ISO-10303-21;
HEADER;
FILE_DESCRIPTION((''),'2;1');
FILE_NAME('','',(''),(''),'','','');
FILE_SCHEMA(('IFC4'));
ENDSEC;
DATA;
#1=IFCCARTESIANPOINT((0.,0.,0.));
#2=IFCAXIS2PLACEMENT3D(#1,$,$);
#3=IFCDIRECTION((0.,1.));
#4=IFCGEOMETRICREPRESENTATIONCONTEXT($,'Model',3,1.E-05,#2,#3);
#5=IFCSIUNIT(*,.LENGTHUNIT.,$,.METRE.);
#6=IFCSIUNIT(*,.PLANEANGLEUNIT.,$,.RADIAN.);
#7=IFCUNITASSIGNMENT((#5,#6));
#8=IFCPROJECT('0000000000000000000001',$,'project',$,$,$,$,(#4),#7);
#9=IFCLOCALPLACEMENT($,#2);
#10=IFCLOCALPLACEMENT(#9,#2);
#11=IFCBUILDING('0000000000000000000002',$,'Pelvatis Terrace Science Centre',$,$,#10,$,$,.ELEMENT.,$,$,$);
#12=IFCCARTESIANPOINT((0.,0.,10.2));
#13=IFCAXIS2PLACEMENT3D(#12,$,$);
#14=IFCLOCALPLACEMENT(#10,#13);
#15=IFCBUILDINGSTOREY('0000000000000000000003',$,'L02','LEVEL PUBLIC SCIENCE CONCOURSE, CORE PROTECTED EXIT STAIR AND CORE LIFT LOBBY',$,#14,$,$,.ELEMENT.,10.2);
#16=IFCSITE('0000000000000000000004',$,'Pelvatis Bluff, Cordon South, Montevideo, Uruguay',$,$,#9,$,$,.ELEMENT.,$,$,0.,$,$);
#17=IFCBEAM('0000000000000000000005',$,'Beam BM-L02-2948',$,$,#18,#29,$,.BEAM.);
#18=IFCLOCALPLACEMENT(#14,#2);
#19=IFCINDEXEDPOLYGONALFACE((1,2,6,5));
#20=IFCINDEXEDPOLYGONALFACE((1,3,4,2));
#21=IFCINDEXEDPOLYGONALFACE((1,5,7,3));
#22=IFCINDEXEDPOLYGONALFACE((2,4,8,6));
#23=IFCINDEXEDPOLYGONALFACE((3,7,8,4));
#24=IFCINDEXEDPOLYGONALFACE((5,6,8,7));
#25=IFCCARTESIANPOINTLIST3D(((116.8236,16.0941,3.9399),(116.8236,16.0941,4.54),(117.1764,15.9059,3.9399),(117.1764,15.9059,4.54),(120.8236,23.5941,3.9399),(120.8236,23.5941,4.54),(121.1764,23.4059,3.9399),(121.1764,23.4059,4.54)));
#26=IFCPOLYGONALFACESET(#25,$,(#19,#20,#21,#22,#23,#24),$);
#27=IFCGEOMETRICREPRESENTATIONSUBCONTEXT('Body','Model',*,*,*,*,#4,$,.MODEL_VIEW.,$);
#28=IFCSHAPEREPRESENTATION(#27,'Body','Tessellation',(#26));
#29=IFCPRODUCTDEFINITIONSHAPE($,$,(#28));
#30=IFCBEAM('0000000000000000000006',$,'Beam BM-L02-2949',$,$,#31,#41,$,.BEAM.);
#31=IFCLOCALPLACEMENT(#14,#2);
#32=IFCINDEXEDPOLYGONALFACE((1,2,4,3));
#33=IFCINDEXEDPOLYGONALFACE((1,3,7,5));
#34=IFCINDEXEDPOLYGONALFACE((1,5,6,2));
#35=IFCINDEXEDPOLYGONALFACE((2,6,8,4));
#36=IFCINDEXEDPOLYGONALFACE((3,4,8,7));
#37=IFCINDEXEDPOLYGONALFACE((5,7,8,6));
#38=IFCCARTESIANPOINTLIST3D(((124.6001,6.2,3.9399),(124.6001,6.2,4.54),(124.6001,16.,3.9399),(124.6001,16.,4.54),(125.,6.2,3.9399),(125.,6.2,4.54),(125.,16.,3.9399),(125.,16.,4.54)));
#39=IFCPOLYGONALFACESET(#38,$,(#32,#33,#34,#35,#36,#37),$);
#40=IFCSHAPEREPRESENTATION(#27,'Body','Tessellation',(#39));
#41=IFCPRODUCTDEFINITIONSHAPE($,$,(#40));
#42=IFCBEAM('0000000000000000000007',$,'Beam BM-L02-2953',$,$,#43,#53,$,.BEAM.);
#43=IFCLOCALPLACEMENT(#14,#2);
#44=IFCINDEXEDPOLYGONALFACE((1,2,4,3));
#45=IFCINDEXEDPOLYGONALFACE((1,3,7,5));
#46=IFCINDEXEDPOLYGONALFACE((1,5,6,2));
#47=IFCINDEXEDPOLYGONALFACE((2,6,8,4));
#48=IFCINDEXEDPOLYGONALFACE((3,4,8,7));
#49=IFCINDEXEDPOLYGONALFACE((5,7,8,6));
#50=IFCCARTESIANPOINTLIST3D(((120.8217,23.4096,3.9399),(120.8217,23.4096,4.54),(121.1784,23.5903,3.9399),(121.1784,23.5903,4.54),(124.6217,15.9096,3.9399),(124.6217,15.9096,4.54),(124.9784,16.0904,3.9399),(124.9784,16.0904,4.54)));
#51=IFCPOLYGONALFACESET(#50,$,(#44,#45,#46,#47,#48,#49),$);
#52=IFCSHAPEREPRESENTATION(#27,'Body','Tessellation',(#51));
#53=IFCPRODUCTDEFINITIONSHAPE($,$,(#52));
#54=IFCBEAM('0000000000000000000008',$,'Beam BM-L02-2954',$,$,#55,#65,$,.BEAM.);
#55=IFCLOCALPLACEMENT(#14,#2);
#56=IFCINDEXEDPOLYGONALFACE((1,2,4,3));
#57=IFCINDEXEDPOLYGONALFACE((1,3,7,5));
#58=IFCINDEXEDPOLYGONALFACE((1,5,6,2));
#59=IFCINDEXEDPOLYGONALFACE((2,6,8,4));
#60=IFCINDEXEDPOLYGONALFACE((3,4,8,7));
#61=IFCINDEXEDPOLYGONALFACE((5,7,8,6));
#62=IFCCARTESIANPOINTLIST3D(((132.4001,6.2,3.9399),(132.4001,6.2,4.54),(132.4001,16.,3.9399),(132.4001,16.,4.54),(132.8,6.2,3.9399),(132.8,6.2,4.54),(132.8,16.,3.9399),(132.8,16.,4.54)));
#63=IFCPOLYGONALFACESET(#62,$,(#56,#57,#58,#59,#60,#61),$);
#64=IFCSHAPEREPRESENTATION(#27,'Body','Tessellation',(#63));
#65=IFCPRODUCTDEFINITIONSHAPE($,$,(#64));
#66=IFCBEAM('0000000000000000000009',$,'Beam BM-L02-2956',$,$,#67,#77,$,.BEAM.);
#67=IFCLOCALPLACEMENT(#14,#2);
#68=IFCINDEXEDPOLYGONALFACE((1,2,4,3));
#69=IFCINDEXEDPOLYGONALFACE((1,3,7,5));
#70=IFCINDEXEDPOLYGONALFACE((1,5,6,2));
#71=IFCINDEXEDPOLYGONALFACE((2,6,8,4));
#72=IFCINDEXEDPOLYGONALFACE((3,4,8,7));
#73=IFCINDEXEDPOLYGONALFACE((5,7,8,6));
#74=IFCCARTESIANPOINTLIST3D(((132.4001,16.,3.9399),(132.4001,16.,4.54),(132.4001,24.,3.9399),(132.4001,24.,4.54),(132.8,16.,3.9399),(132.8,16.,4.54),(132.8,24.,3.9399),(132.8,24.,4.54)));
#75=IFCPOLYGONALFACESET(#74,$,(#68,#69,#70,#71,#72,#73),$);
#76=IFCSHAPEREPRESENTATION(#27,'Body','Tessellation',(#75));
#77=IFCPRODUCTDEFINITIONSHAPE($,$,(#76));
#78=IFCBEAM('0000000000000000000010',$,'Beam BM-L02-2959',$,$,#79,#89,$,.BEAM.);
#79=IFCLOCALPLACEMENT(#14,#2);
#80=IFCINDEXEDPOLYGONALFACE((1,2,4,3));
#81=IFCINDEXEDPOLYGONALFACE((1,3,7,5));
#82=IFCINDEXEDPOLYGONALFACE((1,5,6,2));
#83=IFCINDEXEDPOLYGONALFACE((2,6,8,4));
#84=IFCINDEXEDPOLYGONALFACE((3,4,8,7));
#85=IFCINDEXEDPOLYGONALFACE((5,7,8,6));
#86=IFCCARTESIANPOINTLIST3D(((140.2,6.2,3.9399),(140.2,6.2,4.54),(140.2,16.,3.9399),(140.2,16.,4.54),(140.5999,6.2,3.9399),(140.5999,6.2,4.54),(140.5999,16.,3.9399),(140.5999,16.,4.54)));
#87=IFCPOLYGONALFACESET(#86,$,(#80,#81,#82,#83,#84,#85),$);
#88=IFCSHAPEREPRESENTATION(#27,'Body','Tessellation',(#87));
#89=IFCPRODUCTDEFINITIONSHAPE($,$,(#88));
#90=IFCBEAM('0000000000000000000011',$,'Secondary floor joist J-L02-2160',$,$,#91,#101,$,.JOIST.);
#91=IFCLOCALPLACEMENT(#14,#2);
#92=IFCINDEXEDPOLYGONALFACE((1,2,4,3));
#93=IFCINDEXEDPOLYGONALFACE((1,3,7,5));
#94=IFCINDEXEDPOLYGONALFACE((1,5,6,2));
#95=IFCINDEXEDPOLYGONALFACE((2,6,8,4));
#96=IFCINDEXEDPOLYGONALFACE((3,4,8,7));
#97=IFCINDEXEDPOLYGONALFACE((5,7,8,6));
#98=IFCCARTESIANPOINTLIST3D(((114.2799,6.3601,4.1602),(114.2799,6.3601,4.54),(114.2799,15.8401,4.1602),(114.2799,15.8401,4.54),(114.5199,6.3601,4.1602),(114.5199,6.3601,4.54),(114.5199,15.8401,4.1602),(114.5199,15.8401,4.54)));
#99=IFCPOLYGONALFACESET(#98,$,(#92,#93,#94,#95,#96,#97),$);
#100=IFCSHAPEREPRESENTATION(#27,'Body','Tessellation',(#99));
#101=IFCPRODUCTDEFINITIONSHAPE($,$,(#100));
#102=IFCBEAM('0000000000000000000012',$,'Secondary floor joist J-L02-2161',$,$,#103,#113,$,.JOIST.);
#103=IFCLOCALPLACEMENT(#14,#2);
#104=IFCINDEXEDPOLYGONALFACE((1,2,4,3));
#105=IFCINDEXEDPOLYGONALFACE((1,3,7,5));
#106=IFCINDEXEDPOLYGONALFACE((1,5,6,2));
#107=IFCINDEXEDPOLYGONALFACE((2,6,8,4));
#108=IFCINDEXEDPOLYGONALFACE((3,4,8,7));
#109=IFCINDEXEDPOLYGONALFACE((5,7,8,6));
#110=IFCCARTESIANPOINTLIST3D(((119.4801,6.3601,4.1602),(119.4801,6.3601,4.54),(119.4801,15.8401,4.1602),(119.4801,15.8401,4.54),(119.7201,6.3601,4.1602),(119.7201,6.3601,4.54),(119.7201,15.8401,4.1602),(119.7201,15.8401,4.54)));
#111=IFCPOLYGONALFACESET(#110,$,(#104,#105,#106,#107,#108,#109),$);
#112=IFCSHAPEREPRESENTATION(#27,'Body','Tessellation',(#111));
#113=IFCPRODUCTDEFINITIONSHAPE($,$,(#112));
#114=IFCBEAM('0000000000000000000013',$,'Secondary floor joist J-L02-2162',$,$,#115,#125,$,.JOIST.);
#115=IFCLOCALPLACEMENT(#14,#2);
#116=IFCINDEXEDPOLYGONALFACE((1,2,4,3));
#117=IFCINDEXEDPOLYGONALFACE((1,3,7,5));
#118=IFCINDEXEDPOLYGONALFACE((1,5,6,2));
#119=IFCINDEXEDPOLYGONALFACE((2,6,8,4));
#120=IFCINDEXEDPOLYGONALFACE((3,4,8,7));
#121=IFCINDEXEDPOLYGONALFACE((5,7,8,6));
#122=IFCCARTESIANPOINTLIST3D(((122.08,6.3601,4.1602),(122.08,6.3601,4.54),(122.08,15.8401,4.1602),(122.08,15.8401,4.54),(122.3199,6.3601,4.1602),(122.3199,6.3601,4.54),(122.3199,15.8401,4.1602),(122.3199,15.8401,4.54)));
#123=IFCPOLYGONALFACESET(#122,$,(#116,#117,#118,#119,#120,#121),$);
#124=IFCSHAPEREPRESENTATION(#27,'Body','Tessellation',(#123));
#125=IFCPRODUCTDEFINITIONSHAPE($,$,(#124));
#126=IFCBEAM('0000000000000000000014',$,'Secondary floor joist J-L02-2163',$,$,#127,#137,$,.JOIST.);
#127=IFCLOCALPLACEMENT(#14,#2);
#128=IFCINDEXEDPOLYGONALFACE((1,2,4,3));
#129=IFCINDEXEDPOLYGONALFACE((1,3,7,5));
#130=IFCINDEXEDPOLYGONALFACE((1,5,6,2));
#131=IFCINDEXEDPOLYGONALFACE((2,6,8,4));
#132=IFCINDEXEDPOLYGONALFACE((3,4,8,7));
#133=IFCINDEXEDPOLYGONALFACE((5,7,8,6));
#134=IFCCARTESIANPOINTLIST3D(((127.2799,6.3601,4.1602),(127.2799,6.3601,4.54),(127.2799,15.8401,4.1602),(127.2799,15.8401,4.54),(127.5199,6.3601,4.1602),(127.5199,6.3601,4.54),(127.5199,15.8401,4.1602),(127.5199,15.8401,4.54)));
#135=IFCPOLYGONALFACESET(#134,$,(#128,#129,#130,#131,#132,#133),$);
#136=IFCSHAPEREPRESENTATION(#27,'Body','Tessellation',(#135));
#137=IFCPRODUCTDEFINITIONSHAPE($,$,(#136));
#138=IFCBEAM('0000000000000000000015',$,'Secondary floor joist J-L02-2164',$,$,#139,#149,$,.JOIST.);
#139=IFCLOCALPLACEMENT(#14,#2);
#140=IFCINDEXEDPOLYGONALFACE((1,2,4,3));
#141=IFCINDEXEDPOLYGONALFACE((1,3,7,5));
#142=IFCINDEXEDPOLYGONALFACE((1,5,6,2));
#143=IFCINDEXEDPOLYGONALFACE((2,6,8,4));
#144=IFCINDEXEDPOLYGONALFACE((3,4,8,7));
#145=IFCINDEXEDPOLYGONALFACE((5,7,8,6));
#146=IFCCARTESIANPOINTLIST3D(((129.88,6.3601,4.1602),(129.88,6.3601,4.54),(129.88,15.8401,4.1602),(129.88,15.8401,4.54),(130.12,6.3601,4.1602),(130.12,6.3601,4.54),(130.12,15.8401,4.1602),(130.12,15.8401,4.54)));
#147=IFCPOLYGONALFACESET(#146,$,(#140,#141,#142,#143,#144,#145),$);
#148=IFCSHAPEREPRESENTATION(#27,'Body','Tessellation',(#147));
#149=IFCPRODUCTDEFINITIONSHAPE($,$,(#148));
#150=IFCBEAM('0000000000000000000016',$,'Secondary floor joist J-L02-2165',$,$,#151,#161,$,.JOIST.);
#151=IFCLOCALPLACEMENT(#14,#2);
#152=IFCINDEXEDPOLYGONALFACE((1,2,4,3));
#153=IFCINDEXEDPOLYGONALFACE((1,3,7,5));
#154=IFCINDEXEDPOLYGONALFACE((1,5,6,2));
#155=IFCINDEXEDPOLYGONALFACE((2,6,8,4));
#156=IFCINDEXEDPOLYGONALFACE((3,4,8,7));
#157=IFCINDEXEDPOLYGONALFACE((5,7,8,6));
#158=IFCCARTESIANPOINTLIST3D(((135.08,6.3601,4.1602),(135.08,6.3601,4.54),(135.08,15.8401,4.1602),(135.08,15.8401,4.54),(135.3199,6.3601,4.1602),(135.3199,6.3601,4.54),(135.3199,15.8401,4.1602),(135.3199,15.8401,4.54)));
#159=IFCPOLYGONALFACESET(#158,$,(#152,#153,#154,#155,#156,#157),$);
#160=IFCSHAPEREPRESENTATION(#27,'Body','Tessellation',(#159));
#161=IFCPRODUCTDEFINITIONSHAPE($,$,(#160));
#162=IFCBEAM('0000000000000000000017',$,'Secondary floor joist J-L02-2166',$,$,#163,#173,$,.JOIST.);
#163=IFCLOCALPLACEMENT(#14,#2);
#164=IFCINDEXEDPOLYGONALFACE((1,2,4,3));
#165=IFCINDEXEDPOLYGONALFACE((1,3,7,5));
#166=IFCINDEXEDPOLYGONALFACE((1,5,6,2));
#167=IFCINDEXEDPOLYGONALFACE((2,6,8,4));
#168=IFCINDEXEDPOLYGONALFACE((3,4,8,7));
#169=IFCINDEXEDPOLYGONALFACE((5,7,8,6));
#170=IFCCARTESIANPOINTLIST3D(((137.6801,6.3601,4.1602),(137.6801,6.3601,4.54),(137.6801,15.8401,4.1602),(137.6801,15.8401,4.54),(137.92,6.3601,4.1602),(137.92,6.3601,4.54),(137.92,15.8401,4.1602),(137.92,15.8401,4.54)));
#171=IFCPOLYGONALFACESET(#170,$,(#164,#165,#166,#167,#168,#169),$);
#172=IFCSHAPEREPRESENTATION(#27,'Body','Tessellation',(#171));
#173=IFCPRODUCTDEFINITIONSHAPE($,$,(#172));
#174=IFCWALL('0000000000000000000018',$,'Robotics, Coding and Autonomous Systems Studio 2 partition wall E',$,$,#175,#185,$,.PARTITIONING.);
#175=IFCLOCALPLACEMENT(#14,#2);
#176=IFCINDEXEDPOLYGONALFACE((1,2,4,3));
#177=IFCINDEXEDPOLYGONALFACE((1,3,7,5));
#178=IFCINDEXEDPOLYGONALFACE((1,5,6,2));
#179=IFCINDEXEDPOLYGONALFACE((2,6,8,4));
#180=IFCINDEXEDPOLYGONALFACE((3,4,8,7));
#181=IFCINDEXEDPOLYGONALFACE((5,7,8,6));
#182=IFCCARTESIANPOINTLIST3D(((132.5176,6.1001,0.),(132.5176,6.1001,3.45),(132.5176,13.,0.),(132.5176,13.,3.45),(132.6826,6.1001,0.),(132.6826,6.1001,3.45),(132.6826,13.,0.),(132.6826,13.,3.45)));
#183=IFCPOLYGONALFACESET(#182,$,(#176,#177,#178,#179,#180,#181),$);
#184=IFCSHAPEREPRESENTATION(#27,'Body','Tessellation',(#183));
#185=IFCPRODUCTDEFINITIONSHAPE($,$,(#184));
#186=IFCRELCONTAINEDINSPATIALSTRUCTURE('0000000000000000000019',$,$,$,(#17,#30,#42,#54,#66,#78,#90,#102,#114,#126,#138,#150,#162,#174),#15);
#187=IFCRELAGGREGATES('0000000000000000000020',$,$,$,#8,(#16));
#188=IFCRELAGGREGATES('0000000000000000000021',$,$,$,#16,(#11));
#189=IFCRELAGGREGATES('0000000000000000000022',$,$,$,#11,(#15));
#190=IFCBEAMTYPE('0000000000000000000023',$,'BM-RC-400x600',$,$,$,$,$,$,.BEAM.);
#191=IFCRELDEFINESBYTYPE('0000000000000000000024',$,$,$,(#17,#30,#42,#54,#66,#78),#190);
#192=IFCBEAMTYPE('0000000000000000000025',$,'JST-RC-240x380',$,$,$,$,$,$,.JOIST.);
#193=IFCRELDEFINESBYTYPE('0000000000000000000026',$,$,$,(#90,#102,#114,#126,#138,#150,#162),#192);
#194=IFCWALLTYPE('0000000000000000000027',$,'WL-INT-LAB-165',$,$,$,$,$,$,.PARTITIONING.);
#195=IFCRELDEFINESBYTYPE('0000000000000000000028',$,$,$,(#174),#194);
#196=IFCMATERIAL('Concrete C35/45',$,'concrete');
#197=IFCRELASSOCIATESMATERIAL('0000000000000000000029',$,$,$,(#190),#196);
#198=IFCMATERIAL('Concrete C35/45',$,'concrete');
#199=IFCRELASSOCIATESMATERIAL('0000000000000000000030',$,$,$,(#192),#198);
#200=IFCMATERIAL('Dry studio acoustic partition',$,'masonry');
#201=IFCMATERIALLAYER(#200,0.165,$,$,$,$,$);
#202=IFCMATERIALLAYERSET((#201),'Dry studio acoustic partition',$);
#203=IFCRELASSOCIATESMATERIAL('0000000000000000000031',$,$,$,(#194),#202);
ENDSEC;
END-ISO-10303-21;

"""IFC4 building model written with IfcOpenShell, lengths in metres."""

from ifc_helpers import new_model, si_unit, direction, frame, frame_2d, origin, origin_2d, place, context, subcontext, project, spatial, rectangle, extrude, material, layer, layer_set, material_profile, profile_set, type_object, element, save


model = new_model("IFC4")

# Units and contexts
model_context = context("Model", 3, precision=1e-05, world=origin(), true_north=direction((0.0, 1.0)))
body_context = subcontext(model_context, "Body", "Model", "MODEL_VIEW")
ifc_project = project(units=[si_unit("LENGTHUNIT", "METRE"), si_unit("PLANEANGLEUNIT", "RADIAN")], contexts=[model_context])

# Site, building, storey
site_placement = place(None, origin())
site = spatial("IfcSite", under=ifc_project, at=site_placement, Name="Pelvatis Bluff, Cordon South, Montevideo, Uruguay", CompositionType="ELEMENT", RefElevation=0.0)
building_placement = place(site_placement, origin())
building = spatial("IfcBuilding", under=site, at=building_placement, Name="Pelvatis Terrace Science Centre", CompositionType="ELEMENT")
storey_placement = place(building_placement, frame((0.0, 0.0, 10.2)))
storey = spatial("IfcBuildingStorey", under=building, at=storey_placement, Name="L02", Description="LEVEL PUBLIC SCIENCE CONCOURSE, CORE PROTECTED EXIT STAIR AND CORE LIFT LOBBY", CompositionType="ELEMENT", Elevation=10.2)

# Beams
ifc_material_1 = material(Name="Concrete C35/45", Category="concrete")
ifc_material_profile_1 = material_profile(ifc_material_1, rectangle(XDim=0.3999, YDim=0.6001, at=origin_2d()), Name="RC-BM 400x600")
ifc_profile_set_1 = profile_set([ifc_material_profile_1], Name="Concrete C35/45")
beam_type_1 = type_object("IfcBeamType", Name="BM-RC-400x600", PredefinedType="BEAM", material=ifc_profile_set_1)
beam_1_placement = place(storey_placement, frame((117.0, 16.0, 4.24), z_axis=(0.470588, 0.882353, 0.0), x_axis=(-0.882353, 0.470588, 0.0)))
element("IfcBeam", 1, at=beam_1_placement, inside=storey, type_object=beam_type_1, Name="Beam BM-L02-2948", PredefinedType="BEAM", context=body_context, shape_type="SweptSolid", body=[
    extrude(rectangle(XDim=0.3999, YDim=0.6001, at=origin_2d()), origin(), (0.0, 0.0, 1.0), 8.5),
])
beam_2_placement = place(storey_placement, frame((124.8, 6.2, 4.24), z_axis=(0.0, 1.0, 0.0), x_axis=(-1.0, 0.0, 0.0)))
element("IfcBeam", 2, at=beam_2_placement, inside=storey, type_object=beam_type_1, Name="Beam BM-L02-2949", PredefinedType="BEAM", context=body_context, shape_type="SweptSolid", body=[
    extrude(rectangle(XDim=0.3999, YDim=0.6001, at=origin_2d()), origin(), (0.0, 0.0, 1.0), 9.8),
])
beam_3_placement = place(storey_placement, frame((124.8, 16.0, 4.24), z_axis=(-0.451969, 0.892033, 0.0), x_axis=(-0.892033, -0.451969, 0.0)))
element("IfcBeam", 3, at=beam_3_placement, inside=storey, type_object=beam_type_1, Name="Beam BM-L02-2953", PredefinedType="BEAM", context=body_context, shape_type="SweptSolid", body=[
    extrude(rectangle(XDim=0.3999, YDim=0.6001, at=origin_2d()), origin(), (0.0, 0.0, 1.0), 8.4077),
])
beam_4_placement = place(storey_placement, frame((132.6001, 6.2, 4.24), z_axis=(0.0, 1.0, 0.0), x_axis=(-1.0, 0.0, 0.0)))
element("IfcBeam", 4, at=beam_4_placement, inside=storey, type_object=beam_type_1, Name="Beam BM-L02-2954", PredefinedType="BEAM", context=body_context, shape_type="SweptSolid", body=[
    extrude(rectangle(XDim=0.3999, YDim=0.6001, at=origin_2d()), origin(), (0.0, 0.0, 1.0), 9.8),
])
beam_5_placement = place(storey_placement, frame((132.6001, 16.0, 4.24), z_axis=(0.0, 1.0, 0.0), x_axis=(-1.0, 0.0, 0.0)))
element("IfcBeam", 5, at=beam_5_placement, inside=storey, type_object=beam_type_1, Name="Beam BM-L02-2956", PredefinedType="BEAM", context=body_context, shape_type="SweptSolid", body=[
    extrude(rectangle(XDim=0.3999, YDim=0.6001, at=origin_2d()), origin(), (0.0, 0.0, 1.0), 8.0),
])
beam_6_placement = place(storey_placement, frame((140.3999, 6.2, 4.24), z_axis=(0.0, 1.0, 0.0), x_axis=(-1.0, 0.0, 0.0)))
element("IfcBeam", 6, at=beam_6_placement, inside=storey, type_object=beam_type_1, Name="Beam BM-L02-2959", PredefinedType="BEAM", context=body_context, shape_type="SweptSolid", body=[
    extrude(rectangle(XDim=0.3999, YDim=0.6001, at=origin_2d()), origin(), (0.0, 0.0, 1.0), 9.8),
])
ifc_material_2 = material(Name="Concrete C35/45", Category="concrete")
ifc_material_profile_2 = material_profile(ifc_material_2, rectangle(XDim=0.24, YDim=0.3799, at=origin_2d()), Name="RC-JST 240x380")
ifc_profile_set_2 = profile_set([ifc_material_profile_2], Name="Concrete C35/45")
beam_type_2 = type_object("IfcBeamType", Name="JST-RC-240x380", PredefinedType="JOIST", material=ifc_profile_set_2)
for number, where, z_axis, x_axis, name in (
    (7, (114.3999, 6.3601, 4.3501), (0.0, 1.0, 0.0), (-1.0, 0.0, 0.0), "Secondary floor joist J-L02-2160"),
    (8, (119.6001, 6.3601, 4.3501), (0.0, 1.0, 0.0), (-1.0, 0.0, 0.0), "Secondary floor joist J-L02-2161"),
    (9, (122.2, 6.3601, 4.3501), (0.0, 1.0, 0.0), (-1.0, 0.0, 0.0), "Secondary floor joist J-L02-2162"),
    (10, (127.3999, 6.3601, 4.3501), (0.0, 1.0, 0.0), (-1.0, 0.0, 0.0), "Secondary floor joist J-L02-2163"),
    (11, (130.0, 6.3601, 4.3501), (0.0, 1.0, 0.0), (-1.0, 0.0, 0.0), "Secondary floor joist J-L02-2164"),
    (12, (135.2, 6.3601, 4.3501), (0.0, 1.0, 0.0), (-1.0, 0.0, 0.0), "Secondary floor joist J-L02-2165"),
    (13, (137.8, 6.3601, 4.3501), (0.0, 1.0, 0.0), (-1.0, 0.0, 0.0), "Secondary floor joist J-L02-2166"),
):
    element("IfcBeam", number, at=place(storey_placement, frame(where, z_axis=z_axis, x_axis=x_axis)), inside=storey, type_object=beam_type_2, Name=name, PredefinedType="JOIST", context=body_context, shape_type="SweptSolid", body=[
        extrude(rectangle(XDim=0.24, YDim=0.3799, at=origin_2d()), origin(), (0.0, 0.0, 1.0), 9.48),
    ])

# Wall
ifc_material_3 = material(Name="Dry studio acoustic partition", Category="masonry")
ifc_layer_1 = layer(ifc_material_3, 0.165)
ifc_layer_set_1 = layer_set([ifc_layer_1], Name="Dry studio acoustic partition")
wall_type = type_object("IfcWallType", Name="WL-INT-LAB-165", PredefinedType="PARTITIONING", material=ifc_layer_set_1)
wall_1_placement = place(storey_placement, frame((132.6001, 6.1001, 0.0), z_axis=(0.0, 0.0, 1.0), x_axis=(0.0, 1.0, 0.0)))
element("IfcWall", 14, at=wall_1_placement, inside=storey, type_object=wall_type, Name="Robotics, Coding and Autonomous Systems Studio 2 partition wall E", PredefinedType="PARTITIONING", context=body_context, shape_type="SweptSolid", body=[
    extrude(rectangle(XDim=6.8999, YDim=0.165, at=frame_2d((3.45, 0.0))), origin(), (0.0, 0.0, 1.0), 3.45),
])

save(model, "model.ifc")
